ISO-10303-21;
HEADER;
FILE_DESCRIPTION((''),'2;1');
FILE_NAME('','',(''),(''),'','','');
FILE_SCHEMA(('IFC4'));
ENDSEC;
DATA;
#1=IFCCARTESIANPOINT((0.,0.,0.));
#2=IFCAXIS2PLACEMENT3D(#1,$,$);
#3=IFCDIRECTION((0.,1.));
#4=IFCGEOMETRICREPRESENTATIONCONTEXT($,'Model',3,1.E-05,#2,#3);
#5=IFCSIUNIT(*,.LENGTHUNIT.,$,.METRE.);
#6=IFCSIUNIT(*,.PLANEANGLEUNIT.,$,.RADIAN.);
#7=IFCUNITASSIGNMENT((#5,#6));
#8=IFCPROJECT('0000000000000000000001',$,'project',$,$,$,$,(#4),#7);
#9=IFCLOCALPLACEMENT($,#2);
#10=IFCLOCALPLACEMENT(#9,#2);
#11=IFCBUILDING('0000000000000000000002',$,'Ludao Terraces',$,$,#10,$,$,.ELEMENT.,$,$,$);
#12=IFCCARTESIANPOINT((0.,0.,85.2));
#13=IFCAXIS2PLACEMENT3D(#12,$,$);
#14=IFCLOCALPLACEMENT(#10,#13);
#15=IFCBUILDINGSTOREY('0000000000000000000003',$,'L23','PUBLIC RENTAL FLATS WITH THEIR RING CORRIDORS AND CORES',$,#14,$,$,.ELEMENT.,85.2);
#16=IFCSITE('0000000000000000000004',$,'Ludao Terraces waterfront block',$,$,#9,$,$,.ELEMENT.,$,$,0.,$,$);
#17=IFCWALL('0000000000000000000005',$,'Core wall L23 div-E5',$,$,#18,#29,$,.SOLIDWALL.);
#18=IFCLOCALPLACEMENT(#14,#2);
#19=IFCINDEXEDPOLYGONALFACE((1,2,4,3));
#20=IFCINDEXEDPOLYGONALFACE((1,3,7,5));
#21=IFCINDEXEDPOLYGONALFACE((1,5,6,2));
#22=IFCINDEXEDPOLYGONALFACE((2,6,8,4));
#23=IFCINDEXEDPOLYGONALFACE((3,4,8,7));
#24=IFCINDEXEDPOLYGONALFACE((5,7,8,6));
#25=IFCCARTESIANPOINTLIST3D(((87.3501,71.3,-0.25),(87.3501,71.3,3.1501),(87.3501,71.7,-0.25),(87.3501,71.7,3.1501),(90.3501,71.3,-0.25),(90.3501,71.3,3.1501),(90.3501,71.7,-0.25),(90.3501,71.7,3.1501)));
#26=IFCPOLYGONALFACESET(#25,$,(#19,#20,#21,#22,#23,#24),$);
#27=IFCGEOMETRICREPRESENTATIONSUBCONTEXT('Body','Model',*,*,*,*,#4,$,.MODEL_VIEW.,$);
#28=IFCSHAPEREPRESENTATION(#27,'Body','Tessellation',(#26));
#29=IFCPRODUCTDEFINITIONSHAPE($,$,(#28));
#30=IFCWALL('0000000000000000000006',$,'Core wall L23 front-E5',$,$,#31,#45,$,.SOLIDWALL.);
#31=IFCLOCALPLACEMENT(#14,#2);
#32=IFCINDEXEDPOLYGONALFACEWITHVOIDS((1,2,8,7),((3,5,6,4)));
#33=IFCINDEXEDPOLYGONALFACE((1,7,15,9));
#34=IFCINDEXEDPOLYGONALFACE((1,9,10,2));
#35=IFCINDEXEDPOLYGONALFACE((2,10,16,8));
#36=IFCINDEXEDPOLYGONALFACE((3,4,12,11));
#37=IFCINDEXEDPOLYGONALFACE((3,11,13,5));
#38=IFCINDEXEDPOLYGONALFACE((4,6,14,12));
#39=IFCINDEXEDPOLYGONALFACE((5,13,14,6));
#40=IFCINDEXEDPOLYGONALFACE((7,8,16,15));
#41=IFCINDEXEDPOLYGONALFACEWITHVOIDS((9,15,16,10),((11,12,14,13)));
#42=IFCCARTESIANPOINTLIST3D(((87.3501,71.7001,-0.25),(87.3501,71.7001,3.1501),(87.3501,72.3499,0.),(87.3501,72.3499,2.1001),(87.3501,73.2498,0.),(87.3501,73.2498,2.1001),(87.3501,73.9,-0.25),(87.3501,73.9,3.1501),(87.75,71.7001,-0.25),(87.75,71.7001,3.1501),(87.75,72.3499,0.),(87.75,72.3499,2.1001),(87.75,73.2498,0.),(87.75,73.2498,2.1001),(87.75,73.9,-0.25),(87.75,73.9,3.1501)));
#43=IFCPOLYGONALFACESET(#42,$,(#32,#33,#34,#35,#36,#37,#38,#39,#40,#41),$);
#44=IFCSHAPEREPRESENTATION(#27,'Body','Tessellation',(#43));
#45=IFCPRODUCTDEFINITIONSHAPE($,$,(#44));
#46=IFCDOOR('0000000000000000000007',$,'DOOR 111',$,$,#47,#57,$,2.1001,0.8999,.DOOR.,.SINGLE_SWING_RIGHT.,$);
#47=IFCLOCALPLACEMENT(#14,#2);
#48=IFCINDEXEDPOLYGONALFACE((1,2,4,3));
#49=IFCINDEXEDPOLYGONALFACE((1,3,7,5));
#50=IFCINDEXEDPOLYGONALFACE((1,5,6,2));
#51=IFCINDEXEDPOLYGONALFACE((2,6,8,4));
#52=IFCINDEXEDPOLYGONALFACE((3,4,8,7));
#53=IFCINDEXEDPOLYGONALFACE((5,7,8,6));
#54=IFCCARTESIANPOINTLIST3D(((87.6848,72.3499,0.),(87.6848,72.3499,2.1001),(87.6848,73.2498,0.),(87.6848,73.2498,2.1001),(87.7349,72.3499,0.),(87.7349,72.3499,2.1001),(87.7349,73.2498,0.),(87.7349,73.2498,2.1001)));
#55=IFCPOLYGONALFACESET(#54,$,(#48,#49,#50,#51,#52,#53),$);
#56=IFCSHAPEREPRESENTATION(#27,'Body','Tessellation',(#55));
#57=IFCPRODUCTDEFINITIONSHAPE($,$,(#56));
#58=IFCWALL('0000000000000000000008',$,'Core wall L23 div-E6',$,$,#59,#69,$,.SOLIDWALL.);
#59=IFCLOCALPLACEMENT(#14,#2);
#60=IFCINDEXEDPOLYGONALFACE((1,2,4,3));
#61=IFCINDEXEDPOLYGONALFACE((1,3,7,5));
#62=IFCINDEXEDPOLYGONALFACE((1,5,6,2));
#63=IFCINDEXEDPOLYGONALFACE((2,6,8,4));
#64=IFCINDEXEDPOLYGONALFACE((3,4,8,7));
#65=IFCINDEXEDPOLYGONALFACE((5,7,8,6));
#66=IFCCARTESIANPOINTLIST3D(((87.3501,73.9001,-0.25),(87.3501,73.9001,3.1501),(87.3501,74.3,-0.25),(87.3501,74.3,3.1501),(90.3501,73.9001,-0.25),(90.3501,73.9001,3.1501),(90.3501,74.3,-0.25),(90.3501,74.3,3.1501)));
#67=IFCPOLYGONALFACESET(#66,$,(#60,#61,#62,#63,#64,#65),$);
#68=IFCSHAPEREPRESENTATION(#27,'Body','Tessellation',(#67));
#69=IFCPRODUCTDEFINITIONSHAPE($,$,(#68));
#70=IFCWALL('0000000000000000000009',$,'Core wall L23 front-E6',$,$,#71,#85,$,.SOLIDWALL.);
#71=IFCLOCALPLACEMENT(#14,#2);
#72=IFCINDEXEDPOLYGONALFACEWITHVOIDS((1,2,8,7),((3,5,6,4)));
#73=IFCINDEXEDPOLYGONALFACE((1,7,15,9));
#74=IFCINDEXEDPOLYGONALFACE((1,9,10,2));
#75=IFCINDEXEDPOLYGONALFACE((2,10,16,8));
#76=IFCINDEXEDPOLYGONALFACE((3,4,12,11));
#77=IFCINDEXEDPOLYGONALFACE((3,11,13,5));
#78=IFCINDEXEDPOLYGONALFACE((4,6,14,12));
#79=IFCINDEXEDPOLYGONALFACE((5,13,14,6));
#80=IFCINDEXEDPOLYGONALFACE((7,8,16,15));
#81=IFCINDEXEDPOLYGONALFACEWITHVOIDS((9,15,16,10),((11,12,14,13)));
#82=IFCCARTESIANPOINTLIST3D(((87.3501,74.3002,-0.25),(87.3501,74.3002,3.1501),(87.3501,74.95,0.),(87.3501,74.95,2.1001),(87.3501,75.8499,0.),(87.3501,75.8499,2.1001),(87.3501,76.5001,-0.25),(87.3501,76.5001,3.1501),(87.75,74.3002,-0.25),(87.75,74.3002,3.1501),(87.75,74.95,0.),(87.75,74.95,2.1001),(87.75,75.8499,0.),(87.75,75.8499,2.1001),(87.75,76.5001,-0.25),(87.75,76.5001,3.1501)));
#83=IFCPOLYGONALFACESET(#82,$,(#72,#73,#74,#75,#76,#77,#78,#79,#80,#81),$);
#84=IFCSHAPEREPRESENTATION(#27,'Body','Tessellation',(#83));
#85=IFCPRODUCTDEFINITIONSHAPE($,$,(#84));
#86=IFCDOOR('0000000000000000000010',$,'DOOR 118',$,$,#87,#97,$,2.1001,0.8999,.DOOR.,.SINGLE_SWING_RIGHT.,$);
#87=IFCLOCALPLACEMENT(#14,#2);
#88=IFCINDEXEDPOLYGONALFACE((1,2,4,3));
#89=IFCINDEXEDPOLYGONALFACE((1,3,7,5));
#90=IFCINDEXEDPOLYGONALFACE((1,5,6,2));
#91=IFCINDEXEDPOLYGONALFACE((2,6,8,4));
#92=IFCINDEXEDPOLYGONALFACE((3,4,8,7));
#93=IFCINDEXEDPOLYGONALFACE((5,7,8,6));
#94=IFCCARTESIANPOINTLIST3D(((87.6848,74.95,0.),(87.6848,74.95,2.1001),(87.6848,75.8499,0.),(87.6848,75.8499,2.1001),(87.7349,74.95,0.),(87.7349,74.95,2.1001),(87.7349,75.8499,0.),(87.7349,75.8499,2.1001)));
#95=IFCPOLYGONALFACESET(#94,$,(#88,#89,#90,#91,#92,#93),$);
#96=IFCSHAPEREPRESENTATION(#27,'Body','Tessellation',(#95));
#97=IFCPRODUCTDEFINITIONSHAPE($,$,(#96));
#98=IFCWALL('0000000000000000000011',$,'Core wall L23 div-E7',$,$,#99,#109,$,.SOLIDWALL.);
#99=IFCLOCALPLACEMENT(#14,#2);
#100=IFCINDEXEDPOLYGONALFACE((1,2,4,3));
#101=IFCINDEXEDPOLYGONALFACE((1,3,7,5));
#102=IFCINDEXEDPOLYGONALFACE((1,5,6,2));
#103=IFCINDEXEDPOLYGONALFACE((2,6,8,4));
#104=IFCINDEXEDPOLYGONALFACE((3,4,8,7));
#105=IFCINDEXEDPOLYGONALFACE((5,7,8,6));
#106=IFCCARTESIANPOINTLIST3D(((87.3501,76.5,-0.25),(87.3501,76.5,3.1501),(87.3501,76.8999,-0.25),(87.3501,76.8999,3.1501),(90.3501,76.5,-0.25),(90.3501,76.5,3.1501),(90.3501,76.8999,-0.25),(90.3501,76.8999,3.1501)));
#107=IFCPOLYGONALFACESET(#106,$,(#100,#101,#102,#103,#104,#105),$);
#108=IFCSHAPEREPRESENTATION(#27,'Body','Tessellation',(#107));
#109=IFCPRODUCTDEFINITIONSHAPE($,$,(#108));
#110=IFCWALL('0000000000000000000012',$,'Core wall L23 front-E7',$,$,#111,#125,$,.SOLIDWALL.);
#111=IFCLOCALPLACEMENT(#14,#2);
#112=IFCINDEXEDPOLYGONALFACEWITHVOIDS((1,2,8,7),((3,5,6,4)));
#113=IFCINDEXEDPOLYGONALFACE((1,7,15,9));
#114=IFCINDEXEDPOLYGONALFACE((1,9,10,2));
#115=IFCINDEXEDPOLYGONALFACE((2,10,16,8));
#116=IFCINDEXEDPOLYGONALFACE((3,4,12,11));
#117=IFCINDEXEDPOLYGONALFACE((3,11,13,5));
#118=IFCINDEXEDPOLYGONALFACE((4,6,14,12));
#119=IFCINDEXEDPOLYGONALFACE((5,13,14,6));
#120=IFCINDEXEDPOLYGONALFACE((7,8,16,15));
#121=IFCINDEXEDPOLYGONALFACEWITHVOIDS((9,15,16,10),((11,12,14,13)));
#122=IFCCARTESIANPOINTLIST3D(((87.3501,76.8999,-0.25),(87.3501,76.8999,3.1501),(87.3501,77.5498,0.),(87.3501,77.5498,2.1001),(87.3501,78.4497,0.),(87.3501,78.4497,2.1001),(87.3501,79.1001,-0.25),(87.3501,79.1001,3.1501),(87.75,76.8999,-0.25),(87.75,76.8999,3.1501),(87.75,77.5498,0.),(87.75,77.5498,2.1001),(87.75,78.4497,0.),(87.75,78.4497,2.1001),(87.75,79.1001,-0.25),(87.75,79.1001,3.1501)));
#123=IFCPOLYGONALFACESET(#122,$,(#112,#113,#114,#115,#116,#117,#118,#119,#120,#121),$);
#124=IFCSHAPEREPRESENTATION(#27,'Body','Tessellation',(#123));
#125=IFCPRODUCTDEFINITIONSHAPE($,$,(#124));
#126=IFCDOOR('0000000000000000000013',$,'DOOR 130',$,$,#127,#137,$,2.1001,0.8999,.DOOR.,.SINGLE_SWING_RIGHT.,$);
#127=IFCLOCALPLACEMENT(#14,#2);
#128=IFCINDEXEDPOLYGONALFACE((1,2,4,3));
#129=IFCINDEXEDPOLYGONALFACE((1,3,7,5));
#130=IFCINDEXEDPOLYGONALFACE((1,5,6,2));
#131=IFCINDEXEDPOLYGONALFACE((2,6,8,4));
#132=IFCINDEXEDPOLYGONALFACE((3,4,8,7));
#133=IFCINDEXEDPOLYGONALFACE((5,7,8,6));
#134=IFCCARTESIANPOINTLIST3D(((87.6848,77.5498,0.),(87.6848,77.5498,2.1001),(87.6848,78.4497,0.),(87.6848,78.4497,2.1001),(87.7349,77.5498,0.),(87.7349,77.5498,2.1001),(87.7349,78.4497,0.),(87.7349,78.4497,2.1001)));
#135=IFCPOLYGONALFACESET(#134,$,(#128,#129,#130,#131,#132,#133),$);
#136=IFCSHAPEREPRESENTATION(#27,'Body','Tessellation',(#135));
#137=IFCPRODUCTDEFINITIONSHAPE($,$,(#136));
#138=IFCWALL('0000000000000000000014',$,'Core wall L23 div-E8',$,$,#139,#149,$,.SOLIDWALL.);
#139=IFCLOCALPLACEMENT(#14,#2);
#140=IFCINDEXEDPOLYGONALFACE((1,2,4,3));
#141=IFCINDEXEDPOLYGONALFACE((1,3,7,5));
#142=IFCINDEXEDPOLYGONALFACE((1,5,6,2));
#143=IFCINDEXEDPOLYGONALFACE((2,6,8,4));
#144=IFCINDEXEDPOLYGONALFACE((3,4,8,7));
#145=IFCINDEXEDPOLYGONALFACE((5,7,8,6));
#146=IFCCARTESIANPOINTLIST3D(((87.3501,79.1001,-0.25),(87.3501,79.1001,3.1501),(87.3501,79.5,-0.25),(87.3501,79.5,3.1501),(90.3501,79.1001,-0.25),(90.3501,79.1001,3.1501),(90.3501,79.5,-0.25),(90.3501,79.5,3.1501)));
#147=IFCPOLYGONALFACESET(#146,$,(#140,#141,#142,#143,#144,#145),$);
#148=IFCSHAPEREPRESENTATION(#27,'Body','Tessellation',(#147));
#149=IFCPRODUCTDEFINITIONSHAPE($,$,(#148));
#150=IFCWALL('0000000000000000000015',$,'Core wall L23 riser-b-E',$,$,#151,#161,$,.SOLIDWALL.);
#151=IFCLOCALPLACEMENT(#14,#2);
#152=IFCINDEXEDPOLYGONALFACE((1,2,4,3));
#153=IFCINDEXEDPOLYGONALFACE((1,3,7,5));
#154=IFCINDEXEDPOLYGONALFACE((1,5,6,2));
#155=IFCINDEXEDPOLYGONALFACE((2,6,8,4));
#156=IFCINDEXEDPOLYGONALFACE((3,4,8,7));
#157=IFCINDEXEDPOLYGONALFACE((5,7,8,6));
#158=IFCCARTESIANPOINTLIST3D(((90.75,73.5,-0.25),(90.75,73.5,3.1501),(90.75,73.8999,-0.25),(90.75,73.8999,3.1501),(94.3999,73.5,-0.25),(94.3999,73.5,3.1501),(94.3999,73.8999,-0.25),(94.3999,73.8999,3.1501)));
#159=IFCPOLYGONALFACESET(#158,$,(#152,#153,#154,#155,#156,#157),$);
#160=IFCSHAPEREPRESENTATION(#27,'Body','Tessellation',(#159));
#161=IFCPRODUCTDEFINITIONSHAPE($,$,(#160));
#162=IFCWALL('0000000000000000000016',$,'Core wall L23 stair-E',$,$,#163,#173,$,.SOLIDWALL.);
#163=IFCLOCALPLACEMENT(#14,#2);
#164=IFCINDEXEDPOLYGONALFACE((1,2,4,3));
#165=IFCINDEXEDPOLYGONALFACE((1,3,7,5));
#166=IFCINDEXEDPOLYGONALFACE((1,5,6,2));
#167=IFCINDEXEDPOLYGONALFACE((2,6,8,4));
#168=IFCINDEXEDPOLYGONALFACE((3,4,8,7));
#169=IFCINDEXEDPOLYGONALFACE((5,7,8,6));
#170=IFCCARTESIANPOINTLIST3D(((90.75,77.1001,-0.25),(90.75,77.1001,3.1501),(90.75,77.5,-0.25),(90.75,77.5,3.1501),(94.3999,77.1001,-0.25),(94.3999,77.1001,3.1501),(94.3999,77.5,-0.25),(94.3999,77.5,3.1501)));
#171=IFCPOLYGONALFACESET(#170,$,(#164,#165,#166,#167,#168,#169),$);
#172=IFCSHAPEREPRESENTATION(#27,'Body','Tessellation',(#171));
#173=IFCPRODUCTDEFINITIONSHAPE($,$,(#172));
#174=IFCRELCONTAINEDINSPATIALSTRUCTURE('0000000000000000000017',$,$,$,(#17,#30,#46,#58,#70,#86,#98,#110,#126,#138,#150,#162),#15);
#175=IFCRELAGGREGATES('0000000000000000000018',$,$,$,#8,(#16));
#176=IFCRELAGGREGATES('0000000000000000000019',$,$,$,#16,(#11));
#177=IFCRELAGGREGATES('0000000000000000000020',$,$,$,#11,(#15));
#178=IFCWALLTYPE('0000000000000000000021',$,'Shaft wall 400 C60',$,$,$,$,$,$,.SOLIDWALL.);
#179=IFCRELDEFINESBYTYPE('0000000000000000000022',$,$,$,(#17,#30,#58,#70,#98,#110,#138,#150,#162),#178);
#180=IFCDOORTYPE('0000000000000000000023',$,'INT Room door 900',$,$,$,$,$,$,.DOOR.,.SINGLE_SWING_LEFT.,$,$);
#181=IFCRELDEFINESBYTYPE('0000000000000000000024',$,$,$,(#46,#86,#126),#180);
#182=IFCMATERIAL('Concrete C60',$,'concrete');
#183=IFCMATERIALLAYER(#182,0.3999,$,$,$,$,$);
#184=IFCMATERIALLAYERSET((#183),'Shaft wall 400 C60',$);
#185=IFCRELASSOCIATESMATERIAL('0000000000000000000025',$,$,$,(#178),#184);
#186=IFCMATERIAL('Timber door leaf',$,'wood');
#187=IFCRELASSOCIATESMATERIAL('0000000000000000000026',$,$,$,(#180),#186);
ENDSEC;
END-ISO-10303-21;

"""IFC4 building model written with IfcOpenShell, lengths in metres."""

from ifc_helpers import new_model, si_unit, direction, frame, frame_2d, origin, place, context, subcontext, project, spatial, rectangle, extrude, material, layer, layer_set, type_object, element, fill, save


model = new_model("IFC4")

# Units and contexts
model_context = context("Model", 3, precision=1e-05, world=origin(), true_north=direction((0.0, 1.0)))
body_context = subcontext(model_context, "Body", "Model", "MODEL_VIEW")
ifc_project = project(units=[si_unit("LENGTHUNIT", "METRE"), si_unit("PLANEANGLEUNIT", "RADIAN")], contexts=[model_context])

# Site, building, storey
site_placement = place(None, origin())
site = spatial("IfcSite", under=ifc_project, at=site_placement, Name="Ludao Terraces waterfront block", CompositionType="ELEMENT", RefElevation=0.0)
building_placement = place(site_placement, origin())
building = spatial("IfcBuilding", under=site, at=building_placement, Name="Ludao Terraces", CompositionType="ELEMENT")
storey_placement = place(building_placement, frame((0.0, 0.0, 85.2)))
storey = spatial("IfcBuildingStorey", under=building, at=storey_placement, Name="L23", Description="PUBLIC RENTAL FLATS WITH THEIR RING CORRIDORS AND CORES", CompositionType="ELEMENT", Elevation=85.2)

# Wall
ifc_material_1 = material(Name="Concrete C60", Category="concrete")
ifc_layer_1 = layer(ifc_material_1, 0.3999)
ifc_layer_set_1 = layer_set([ifc_layer_1], Name="Shaft wall 400 C60")
wall_type_1 = type_object("IfcWallType", Name="Shaft wall 400 C60", PredefinedType="SOLIDWALL", material=ifc_layer_set_1)
wall_1_placement = place(storey_placement, frame((87.3501, 71.5, -0.25), z_axis=(0.0, 0.0, 1.0), x_axis=(1.0, 0.0, 0.0)))
element("IfcWall", 1, at=wall_1_placement, inside=storey, type_object=wall_type_1, Name="Core wall L23 div-E5", PredefinedType="SOLIDWALL", context=body_context, shape_type="SweptSolid", body=[
    extrude(rectangle(XDim=3.0, YDim=0.3999, at=frame_2d((1.5, 0.0))), origin(), (0.0, 0.0, 1.0), 3.4001),
])

# Wall, opening, door
wall_2_placement = place(storey_placement, frame((87.55, 71.7, -0.25), z_axis=(0.0, 0.0, 1.0), x_axis=(0.0, 1.0, 0.0)))
wall_2 = element("IfcWall", 2, at=wall_2_placement, inside=storey, type_object=wall_type_1, Name="Core wall L23 front-E5", PredefinedType="SOLIDWALL", context=body_context, shape_type="SweptSolid", body=[
    extrude(rectangle(XDim=2.2, YDim=0.3999, at=frame_2d((1.1001, 0.0))), origin(), (0.0, 0.0, 1.0), 3.4001),
])
opening_1_placement = place(wall_2_placement, frame((0.6499, 0.0, 0.25)))
opening_1 = element("IfcOpeningElement", 3, at=opening_1_placement, cuts=wall_2, PredefinedType="OPENING", context=body_context, shape_type="SweptSolid", body=[
    extrude(rectangle(XDim=0.8999, YDim=2.1001, at=frame_2d((0.45, 1.05))), frame((0.0, 0.21, 0.0), z_axis=(0.0, -1.0, 0.0), x_axis=(1.0, 0.0, 0.0)), (0.0, 0.0, 1.0), 0.4199),
])
ifc_material_2 = material(Name="Timber door leaf", Category="wood")
door_type_1 = type_object("IfcDoorType", Name="INT Room door 900", OperationType="SINGLE_SWING_LEFT", PredefinedType="DOOR", material=ifc_material_2)
door_1_placement = place(opening_1_placement, origin())
door_1 = element("IfcDoor", 4, at=door_1_placement, inside=storey, type_object=door_type_1, Name="DOOR 111", OperationType="SINGLE_SWING_RIGHT", OverallHeight=2.1001, OverallWidth=0.8999, PredefinedType="DOOR", context=body_context, shape_type="SweptSolid", body=[
    extrude(rectangle(XDim=0.8999, YDim=2.1001, at=frame_2d((0.45, 1.05))), frame((0.0, -0.1348, 0.0), z_axis=(0.0, -1.0, 0.0), x_axis=(1.0, 0.0, 0.0)), (0.0, 0.0, 1.0), 0.05),
])
fill(opening_1, door_1)

# Wall
wall_3_placement = place(storey_placement, frame((87.3501, 74.1001, -0.25), z_axis=(0.0, 0.0, 1.0), x_axis=(1.0, 0.0, 0.0)))
element("IfcWall", 5, at=wall_3_placement, inside=storey, type_object=wall_type_1, Name="Core wall L23 div-E6", PredefinedType="SOLIDWALL", context=body_context, shape_type="SweptSolid", body=[
    extrude(rectangle(XDim=3.0, YDim=0.3999, at=frame_2d((1.5, 0.0))), origin(), (0.0, 0.0, 1.0), 3.4001),
])

# Wall, opening, door
wall_4_placement = place(storey_placement, frame((87.55, 74.3, -0.25), z_axis=(0.0, 0.0, 1.0), x_axis=(0.0, 1.0, 0.0)))
wall_4 = element("IfcWall", 6, at=wall_4_placement, inside=storey, type_object=wall_type_1, Name="Core wall L23 front-E6", PredefinedType="SOLIDWALL", context=body_context, shape_type="SweptSolid", body=[
    extrude(rectangle(XDim=2.2, YDim=0.3999, at=frame_2d((1.1001, 0.0))), origin(), (0.0, 0.0, 1.0), 3.4001),
])
opening_2_placement = place(wall_4_placement, frame((0.6499, 0.0, 0.25)))
opening_2 = element("IfcOpeningElement", 7, at=opening_2_placement, cuts=wall_4, PredefinedType="OPENING", context=body_context, shape_type="SweptSolid", body=[
    extrude(rectangle(XDim=0.8999, YDim=2.1001, at=frame_2d((0.45, 1.05))), frame((0.0, 0.21, 0.0), z_axis=(0.0, -1.0, 0.0), x_axis=(1.0, 0.0, 0.0)), (0.0, 0.0, 1.0), 0.4199),
])
door_2_placement = place(opening_2_placement, origin())
door_2 = element("IfcDoor", 8, at=door_2_placement, inside=storey, type_object=door_type_1, Name="DOOR 118", OperationType="SINGLE_SWING_RIGHT", OverallHeight=2.1001, OverallWidth=0.8999, PredefinedType="DOOR", context=body_context, shape_type="SweptSolid", body=[
    extrude(rectangle(XDim=0.8999, YDim=2.1001, at=frame_2d((0.45, 1.05))), frame((0.0, -0.1348, 0.0), z_axis=(0.0, -1.0, 0.0), x_axis=(1.0, 0.0, 0.0)), (0.0, 0.0, 1.0), 0.05),
])
fill(opening_2, door_2)

# Wall
wall_5_placement = place(storey_placement, frame((87.3501, 76.7, -0.25), z_axis=(0.0, 0.0, 1.0), x_axis=(1.0, 0.0, 0.0)))
element("IfcWall", 9, at=wall_5_placement, inside=storey, type_object=wall_type_1, Name="Core wall L23 div-E7", PredefinedType="SOLIDWALL", context=body_context, shape_type="SweptSolid", body=[
    extrude(rectangle(XDim=3.0, YDim=0.3999, at=frame_2d((1.5, 0.0))), origin(), (0.0, 0.0, 1.0), 3.4001),
])

# Wall, opening, door
wall_6_placement = place(storey_placement, frame((87.55, 76.8999, -0.25), z_axis=(0.0, 0.0, 1.0), x_axis=(0.0, 1.0, 0.0)))
wall_6 = element("IfcWall", 10, at=wall_6_placement, inside=storey, type_object=wall_type_1, Name="Core wall L23 front-E7", PredefinedType="SOLIDWALL", context=body_context, shape_type="SweptSolid", body=[
    extrude(rectangle(XDim=2.2002, YDim=0.3999, at=frame_2d((1.1001, 0.0))), origin(), (0.0, 0.0, 1.0), 3.4001),
])
opening_3_placement = place(wall_6_placement, frame((0.6499, 0.0, 0.25)))
opening_3 = element("IfcOpeningElement", 11, at=opening_3_placement, cuts=wall_6, PredefinedType="OPENING", context=body_context, shape_type="SweptSolid", body=[
    extrude(rectangle(XDim=0.8999, YDim=2.1001, at=frame_2d((0.45, 1.05))), frame((0.0, 0.21, 0.0), z_axis=(0.0, -1.0, 0.0), x_axis=(1.0, 0.0, 0.0)), (0.0, 0.0, 1.0), 0.4199),
])
door_3_placement = place(opening_3_placement, origin())
door_3 = element("IfcDoor", 12, at=door_3_placement, inside=storey, type_object=door_type_1, Name="DOOR 130", OperationType="SINGLE_SWING_RIGHT", OverallHeight=2.1001, OverallWidth=0.8999, PredefinedType="DOOR", context=body_context, shape_type="SweptSolid", body=[
    extrude(rectangle(XDim=0.8999, YDim=2.1001, at=frame_2d((0.45, 1.05))), frame((0.0, -0.1348, 0.0), z_axis=(0.0, -1.0, 0.0), x_axis=(1.0, 0.0, 0.0)), (0.0, 0.0, 1.0), 0.05),
])
fill(opening_3, door_3)

# Walls
wall_7_placement = place(storey_placement, frame((87.3501, 79.3, -0.25), z_axis=(0.0, 0.0, 1.0), x_axis=(1.0, 0.0, 0.0)))
element("IfcWall", 13, at=wall_7_placement, inside=storey, type_object=wall_type_1, Name="Core wall L23 div-E8", PredefinedType="SOLIDWALL", context=body_context, shape_type="SweptSolid", body=[
    extrude(rectangle(XDim=3.0, YDim=0.3999, at=frame_2d((1.5, 0.0))), origin(), (0.0, 0.0, 1.0), 3.4001),
])
for number, where, z_axis, x_axis, name in (
    (14, (90.75, 73.7, -0.25), (0.0, 0.0, 1.0), (1.0, 0.0, 0.0), "Core wall L23 riser-b-E"),
    (15, (90.75, 77.3, -0.25), (0.0, 0.0, 1.0), (1.0, 0.0, 0.0), "Core wall L23 stair-E"),
):
    element("IfcWall", number, at=place(storey_placement, frame(where, z_axis=z_axis, x_axis=x_axis)), inside=storey, type_object=wall_type_1, Name=name, PredefinedType="SOLIDWALL", context=body_context, shape_type="SweptSolid", body=[
        extrude(rectangle(XDim=3.6499, YDim=0.3999, at=frame_2d((1.825, 0.0))), origin(), (0.0, 0.0, 1.0), 3.4001),
    ])

save(model, "model.ifc")
